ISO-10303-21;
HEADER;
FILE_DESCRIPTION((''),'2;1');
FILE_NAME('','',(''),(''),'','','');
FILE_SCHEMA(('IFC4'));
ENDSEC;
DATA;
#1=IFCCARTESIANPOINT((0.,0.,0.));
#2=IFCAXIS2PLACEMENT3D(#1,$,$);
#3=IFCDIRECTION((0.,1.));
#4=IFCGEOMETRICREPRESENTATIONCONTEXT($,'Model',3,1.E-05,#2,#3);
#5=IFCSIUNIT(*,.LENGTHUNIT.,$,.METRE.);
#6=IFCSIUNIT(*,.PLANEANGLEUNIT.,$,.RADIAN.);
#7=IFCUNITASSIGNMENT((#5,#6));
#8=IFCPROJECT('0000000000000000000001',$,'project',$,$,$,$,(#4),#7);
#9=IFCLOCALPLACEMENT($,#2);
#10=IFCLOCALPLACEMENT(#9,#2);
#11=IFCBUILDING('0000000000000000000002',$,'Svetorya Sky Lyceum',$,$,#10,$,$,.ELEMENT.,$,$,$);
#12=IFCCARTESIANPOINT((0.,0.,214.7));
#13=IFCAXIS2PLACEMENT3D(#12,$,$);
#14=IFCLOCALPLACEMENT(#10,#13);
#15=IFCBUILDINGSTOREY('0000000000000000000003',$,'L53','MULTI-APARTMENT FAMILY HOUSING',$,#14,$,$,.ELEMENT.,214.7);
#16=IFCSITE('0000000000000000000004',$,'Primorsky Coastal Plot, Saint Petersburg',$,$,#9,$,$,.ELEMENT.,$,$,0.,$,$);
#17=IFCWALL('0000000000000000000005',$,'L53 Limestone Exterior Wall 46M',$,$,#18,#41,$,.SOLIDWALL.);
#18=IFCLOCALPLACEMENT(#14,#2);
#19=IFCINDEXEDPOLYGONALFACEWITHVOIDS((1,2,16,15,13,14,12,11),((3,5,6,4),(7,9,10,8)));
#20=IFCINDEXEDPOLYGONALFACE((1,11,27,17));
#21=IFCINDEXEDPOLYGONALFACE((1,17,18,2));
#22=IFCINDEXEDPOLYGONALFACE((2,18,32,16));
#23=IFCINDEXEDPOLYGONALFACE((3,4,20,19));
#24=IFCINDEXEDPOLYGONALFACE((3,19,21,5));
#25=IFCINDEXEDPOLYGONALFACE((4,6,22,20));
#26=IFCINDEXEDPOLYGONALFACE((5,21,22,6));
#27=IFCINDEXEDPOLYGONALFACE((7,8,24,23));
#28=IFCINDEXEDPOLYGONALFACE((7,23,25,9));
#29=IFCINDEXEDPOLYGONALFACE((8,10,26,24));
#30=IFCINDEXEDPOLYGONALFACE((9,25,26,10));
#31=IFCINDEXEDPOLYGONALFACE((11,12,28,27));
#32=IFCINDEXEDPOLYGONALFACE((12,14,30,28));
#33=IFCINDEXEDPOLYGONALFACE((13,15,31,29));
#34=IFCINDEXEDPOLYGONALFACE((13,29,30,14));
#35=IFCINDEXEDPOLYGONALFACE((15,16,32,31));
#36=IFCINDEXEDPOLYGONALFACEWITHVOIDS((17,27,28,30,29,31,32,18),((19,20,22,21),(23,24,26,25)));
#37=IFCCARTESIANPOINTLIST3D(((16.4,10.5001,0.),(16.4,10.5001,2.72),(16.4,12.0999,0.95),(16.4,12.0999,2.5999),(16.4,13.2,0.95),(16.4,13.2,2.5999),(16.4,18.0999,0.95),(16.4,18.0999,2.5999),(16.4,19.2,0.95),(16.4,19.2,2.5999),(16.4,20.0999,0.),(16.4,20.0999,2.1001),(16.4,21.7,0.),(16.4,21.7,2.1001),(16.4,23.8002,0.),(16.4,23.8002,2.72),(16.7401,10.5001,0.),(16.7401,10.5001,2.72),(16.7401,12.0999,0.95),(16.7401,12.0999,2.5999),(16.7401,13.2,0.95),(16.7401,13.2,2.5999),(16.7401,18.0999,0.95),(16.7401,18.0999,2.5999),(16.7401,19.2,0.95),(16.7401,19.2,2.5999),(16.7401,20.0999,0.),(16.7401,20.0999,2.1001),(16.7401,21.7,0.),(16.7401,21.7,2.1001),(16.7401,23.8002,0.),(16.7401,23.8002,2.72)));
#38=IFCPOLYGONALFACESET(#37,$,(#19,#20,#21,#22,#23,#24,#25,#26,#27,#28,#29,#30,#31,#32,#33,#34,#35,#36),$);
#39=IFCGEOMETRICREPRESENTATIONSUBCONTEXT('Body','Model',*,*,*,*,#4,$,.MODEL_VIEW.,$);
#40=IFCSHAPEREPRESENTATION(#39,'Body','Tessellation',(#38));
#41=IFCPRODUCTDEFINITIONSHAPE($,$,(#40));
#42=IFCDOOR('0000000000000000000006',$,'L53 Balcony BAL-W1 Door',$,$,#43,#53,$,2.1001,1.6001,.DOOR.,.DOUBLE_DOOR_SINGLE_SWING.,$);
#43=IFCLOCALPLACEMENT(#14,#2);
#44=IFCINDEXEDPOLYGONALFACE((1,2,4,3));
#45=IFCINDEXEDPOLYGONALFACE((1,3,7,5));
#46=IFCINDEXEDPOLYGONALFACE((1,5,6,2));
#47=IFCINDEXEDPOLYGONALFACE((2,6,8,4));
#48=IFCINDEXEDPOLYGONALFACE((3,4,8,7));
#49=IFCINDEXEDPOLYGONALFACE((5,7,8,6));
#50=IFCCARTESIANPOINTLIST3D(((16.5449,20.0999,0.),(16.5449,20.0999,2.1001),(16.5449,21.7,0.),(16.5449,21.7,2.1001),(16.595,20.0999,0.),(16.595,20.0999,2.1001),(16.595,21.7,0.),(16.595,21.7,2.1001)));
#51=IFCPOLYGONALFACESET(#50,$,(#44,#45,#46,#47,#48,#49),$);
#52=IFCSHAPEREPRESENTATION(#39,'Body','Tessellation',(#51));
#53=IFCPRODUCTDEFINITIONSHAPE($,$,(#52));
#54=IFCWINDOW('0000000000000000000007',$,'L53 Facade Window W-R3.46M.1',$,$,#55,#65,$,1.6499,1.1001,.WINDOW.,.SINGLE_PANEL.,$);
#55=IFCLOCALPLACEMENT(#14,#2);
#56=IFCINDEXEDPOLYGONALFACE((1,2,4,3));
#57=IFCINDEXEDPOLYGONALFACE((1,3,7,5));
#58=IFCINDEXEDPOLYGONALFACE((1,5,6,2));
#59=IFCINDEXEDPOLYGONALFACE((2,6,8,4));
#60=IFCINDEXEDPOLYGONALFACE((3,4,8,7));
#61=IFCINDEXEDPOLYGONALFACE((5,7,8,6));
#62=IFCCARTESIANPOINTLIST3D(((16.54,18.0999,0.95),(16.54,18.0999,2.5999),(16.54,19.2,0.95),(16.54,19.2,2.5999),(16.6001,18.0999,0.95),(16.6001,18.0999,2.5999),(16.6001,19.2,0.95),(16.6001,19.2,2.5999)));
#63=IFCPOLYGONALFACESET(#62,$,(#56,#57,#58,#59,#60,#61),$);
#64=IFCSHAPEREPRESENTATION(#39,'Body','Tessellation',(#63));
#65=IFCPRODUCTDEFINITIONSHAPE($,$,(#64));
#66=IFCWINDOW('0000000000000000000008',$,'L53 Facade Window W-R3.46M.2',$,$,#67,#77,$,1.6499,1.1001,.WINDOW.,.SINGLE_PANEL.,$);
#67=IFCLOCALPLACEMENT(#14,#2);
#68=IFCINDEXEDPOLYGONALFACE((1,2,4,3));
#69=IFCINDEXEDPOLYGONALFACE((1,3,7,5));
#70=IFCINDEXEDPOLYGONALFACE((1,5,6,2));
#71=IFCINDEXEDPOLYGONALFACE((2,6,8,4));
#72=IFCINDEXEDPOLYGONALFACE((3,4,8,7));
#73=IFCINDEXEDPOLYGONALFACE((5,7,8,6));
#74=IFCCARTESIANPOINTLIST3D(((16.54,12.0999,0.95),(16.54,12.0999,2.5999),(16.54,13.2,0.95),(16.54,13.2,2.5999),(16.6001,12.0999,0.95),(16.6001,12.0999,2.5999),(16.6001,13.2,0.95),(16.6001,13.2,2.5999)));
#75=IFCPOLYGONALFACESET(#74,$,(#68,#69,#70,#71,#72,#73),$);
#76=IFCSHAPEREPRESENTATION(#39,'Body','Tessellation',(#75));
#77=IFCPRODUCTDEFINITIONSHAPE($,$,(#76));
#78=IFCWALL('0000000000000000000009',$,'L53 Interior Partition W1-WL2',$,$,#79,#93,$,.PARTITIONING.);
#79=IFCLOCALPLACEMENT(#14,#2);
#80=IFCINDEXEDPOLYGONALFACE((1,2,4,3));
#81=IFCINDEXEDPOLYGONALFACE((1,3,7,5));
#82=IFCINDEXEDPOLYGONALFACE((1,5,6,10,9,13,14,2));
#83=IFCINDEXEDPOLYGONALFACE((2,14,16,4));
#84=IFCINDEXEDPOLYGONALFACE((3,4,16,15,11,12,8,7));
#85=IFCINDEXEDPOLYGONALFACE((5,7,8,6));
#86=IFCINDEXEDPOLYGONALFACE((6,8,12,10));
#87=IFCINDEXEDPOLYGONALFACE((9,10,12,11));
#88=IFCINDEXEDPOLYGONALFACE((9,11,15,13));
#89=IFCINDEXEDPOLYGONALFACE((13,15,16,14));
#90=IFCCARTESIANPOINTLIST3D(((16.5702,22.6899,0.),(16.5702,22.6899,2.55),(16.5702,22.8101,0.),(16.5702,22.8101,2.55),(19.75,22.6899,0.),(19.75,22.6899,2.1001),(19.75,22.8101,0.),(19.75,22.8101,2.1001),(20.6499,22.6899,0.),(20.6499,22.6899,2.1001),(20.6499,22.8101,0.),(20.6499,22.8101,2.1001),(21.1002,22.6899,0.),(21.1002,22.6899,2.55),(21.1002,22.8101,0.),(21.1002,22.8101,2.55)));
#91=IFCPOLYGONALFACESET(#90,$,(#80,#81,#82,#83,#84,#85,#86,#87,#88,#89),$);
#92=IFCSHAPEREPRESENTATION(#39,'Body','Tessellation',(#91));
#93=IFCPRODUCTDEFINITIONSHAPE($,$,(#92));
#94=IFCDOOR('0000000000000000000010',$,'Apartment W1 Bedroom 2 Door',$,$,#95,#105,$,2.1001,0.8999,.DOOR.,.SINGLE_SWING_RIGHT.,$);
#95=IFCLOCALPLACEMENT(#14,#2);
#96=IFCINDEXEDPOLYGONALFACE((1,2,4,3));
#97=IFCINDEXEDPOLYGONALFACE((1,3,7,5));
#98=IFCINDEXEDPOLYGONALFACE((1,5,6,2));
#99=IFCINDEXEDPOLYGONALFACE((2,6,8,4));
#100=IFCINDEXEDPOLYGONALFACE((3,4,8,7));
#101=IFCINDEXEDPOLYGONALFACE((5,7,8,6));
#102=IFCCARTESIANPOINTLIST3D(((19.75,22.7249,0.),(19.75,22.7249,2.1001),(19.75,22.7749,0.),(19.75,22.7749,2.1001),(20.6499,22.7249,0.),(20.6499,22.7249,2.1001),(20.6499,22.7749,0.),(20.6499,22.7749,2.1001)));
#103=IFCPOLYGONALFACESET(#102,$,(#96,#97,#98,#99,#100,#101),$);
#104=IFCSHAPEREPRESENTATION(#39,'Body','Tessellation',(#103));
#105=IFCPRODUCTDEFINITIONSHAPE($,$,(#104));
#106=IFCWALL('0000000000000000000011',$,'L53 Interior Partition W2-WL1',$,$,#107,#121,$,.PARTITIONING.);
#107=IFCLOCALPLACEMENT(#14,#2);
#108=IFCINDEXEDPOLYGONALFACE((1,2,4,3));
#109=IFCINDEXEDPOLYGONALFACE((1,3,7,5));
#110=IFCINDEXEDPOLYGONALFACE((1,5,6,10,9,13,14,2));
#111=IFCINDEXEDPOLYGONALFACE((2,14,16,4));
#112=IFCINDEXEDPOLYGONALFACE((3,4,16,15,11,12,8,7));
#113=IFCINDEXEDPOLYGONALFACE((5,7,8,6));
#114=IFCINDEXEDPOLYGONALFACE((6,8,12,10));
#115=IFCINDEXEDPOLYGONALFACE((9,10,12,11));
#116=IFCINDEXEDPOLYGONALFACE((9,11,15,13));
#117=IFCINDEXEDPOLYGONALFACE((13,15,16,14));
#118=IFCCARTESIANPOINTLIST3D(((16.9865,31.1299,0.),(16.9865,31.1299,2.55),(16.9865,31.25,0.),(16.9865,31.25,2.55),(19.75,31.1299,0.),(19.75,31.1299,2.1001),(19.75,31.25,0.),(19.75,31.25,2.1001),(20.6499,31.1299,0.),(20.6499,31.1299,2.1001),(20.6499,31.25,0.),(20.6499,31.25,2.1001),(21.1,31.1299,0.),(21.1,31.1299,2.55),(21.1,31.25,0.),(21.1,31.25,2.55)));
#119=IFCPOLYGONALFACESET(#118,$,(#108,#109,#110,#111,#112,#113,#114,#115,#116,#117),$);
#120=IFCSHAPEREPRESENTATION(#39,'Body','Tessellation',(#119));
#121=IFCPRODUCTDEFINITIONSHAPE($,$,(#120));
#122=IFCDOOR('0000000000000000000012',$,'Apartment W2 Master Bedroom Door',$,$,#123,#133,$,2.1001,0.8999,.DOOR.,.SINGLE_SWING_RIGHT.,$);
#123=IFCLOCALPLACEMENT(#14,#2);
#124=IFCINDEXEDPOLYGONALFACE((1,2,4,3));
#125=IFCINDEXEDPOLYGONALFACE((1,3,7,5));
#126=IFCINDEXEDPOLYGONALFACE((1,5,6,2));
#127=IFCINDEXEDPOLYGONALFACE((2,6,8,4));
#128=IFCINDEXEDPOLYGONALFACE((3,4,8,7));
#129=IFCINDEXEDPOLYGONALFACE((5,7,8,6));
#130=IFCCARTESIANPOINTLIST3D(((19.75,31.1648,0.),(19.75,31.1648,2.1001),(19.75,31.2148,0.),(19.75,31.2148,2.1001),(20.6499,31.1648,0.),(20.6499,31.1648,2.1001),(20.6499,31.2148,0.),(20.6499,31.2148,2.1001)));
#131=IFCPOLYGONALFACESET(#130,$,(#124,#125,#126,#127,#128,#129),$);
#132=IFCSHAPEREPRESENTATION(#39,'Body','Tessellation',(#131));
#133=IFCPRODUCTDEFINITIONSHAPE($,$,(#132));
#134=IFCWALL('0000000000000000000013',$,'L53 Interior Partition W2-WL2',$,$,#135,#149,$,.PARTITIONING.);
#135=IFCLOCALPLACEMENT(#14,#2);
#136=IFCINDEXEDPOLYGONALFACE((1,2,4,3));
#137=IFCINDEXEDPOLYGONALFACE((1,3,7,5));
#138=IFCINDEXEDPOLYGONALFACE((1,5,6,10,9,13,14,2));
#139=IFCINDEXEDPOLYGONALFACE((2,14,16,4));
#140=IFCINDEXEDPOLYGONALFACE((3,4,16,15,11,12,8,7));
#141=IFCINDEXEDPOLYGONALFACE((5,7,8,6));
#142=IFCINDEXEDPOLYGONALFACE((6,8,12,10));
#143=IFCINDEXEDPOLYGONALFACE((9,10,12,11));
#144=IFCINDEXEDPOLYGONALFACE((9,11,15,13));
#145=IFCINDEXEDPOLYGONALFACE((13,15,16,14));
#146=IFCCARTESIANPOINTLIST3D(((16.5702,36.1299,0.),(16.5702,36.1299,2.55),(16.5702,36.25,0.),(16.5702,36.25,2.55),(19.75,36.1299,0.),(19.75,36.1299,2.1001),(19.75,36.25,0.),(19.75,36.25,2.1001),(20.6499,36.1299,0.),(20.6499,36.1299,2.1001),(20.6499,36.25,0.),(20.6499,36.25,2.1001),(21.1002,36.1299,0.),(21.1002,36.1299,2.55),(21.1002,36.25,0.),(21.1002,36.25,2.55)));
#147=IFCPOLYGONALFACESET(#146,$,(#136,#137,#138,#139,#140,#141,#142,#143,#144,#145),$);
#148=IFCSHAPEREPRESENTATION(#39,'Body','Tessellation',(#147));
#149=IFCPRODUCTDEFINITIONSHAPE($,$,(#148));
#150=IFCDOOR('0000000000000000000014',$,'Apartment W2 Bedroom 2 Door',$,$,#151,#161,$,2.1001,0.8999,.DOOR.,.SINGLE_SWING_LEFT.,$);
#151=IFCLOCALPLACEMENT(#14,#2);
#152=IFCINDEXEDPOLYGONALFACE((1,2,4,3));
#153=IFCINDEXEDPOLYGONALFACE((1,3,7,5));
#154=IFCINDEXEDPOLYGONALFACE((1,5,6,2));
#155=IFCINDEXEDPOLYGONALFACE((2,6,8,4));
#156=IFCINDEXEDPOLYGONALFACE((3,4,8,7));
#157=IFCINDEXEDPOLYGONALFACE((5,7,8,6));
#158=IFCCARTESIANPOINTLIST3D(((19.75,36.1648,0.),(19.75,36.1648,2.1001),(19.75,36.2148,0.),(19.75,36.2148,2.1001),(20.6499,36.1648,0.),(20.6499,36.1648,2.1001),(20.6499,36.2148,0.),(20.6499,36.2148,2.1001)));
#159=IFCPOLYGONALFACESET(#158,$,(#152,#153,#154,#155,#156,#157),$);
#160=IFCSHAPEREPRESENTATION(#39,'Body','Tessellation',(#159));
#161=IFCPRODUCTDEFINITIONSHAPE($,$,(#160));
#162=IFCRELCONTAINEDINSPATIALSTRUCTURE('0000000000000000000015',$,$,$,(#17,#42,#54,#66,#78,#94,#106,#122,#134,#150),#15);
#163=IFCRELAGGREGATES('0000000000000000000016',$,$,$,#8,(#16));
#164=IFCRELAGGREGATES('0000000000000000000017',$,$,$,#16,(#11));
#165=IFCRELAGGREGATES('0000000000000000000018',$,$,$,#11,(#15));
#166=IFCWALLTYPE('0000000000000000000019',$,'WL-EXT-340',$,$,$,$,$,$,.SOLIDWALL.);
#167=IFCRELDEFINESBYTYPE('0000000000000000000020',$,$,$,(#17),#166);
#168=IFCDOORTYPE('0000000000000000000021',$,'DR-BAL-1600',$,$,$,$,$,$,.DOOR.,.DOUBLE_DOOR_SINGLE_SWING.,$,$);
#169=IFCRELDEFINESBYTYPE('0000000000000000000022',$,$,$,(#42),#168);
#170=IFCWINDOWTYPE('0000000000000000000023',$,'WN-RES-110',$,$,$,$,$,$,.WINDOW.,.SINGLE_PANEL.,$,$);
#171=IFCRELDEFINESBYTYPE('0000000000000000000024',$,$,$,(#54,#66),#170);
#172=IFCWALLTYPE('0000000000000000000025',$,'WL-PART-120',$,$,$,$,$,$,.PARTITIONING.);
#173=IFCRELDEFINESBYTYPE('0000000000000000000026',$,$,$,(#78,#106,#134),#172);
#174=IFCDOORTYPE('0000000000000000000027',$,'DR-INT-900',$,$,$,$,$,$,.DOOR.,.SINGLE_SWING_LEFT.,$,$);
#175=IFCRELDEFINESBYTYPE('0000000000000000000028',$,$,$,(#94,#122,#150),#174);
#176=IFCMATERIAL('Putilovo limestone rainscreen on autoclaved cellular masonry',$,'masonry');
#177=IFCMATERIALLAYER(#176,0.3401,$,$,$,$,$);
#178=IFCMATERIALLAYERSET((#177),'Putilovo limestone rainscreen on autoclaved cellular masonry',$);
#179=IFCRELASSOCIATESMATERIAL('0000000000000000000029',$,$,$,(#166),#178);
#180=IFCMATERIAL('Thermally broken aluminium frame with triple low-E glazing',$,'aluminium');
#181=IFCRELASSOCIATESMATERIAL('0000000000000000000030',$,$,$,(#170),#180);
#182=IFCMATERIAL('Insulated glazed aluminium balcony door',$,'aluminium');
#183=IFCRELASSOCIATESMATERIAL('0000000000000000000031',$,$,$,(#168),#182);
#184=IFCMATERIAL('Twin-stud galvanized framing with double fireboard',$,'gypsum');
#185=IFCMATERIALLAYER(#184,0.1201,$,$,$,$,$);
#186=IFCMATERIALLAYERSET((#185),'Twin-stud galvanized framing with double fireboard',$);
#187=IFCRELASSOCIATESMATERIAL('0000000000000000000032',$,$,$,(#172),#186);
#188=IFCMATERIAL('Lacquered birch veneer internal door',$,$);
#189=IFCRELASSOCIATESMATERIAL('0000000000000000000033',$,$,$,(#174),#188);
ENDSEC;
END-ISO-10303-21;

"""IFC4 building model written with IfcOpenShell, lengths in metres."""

from ifc_helpers import new_model, si_unit, direction, frame, frame_2d, origin, place, context, subcontext, project, spatial, rectangle, extrude, material, layer, layer_set, type_object, element, fill, save


model = new_model("IFC4")

# Units and contexts
model_context = context("Model", 3, precision=1e-05, world=origin(), true_north=direction((0.0, 1.0)))
body_context = subcontext(model_context, "Body", "Model", "MODEL_VIEW")
ifc_project = project(units=[si_unit("LENGTHUNIT", "METRE"), si_unit("PLANEANGLEUNIT", "RADIAN")], contexts=[model_context])

# Site, building, storey
site_placement = place(None, origin())
site = spatial("IfcSite", under=ifc_project, at=site_placement, Name="Primorsky Coastal Plot, Saint Petersburg", CompositionType="ELEMENT", RefElevation=0.0)
building_placement = place(site_placement, origin())
building = spatial("IfcBuilding", under=site, at=building_placement, Name="Svetorya Sky Lyceum", CompositionType="ELEMENT")
storey_placement = place(building_placement, frame((0.0, 0.0, 214.7)))
storey = spatial("IfcBuildingStorey", under=building, at=storey_placement, Name="L53", Description="MULTI-APARTMENT FAMILY HOUSING", CompositionType="ELEMENT", Elevation=214.7)

# Shared definitions
ifc_material_1 = material(Name="Putilovo limestone rainscreen on autoclaved cellular masonry", Category="masonry")
ifc_layer_1 = layer(ifc_material_1, 0.3401)
ifc_layer_set_1 = layer_set([ifc_layer_1], Name="Putilovo limestone rainscreen on autoclaved cellular masonry")
wall_type_1 = type_object("IfcWallType", Name="WL-EXT-340", PredefinedType="SOLIDWALL", material=ifc_layer_set_1)

# Shared definitions
ifc_material_2 = material(Name="Thermally broken aluminium frame with triple low-E glazing", Category="aluminium")
window_type = type_object("IfcWindowType", Name="WN-RES-110", PartitioningType="SINGLE_PANEL", PredefinedType="WINDOW", material=ifc_material_2)

# Wall, openings, door, windows
wall_1_placement = place(storey_placement, frame((16.5701, 23.8, 0.0), z_axis=(0.0, 0.0, 1.0), x_axis=(0.0, -1.0, 0.0)))
wall_1 = element("IfcWall", 1, at=wall_1_placement, inside=storey, type_object=wall_type_1, Name="L53 Limestone Exterior Wall 46M", PredefinedType="SOLIDWALL", context=body_context, shape_type="SweptSolid", body=[
    extrude(rectangle(XDim=13.3, YDim=0.3401, at=frame_2d((6.6499, 0.0))), origin(), (0.0, 0.0, 1.0), 2.72),
])
opening_1_placement = place(wall_1_placement, frame((2.1001, 0.0, 0.0)))
opening_1 = element("IfcOpeningElement", 2, at=opening_1_placement, cuts=wall_1, PredefinedType="OPENING", context=body_context, shape_type="SweptSolid", body=[
    extrude(rectangle(XDim=1.6001, YDim=2.1001, at=frame_2d((0.8, 1.05))), frame((0.0, 0.1799, 0.0), z_axis=(0.0, -1.0, 0.0), x_axis=(1.0, 0.0, 0.0)), (0.0, 0.0, 1.0), 0.3601),
])
opening_2_placement = place(wall_1_placement, frame((4.6001, 0.0, 0.95)))
opening_2 = element("IfcOpeningElement", 3, at=opening_2_placement, cuts=wall_1, PredefinedType="OPENING", context=body_context, shape_type="SweptSolid", body=[
    extrude(rectangle(XDim=1.1001, YDim=1.6499, at=frame_2d((0.55, 0.825))), frame((0.0, 0.1799, 0.0), z_axis=(0.0, -1.0, 0.0), x_axis=(1.0, 0.0, 0.0)), (0.0, 0.0, 1.0), 0.3601),
])
opening_3_placement = place(wall_1_placement, frame((10.6001, 0.0, 0.95)))
opening_3 = element("IfcOpeningElement", 4, at=opening_3_placement, cuts=wall_1, PredefinedType="OPENING", context=body_context, shape_type="SweptSolid", body=[
    extrude(rectangle(XDim=1.1001, YDim=1.6499, at=frame_2d((0.55, 0.825))), frame((0.0, 0.1799, 0.0), z_axis=(0.0, -1.0, 0.0), x_axis=(1.0, 0.0, 0.0)), (0.0, 0.0, 1.0), 0.3601),
])
ifc_material_3 = material(Name="Insulated glazed aluminium balcony door", Category="aluminium")
door_type_1 = type_object("IfcDoorType", Name="DR-BAL-1600", OperationType="DOUBLE_DOOR_SINGLE_SWING", PredefinedType="DOOR", material=ifc_material_3)
door_1_placement = place(opening_1_placement, origin())
door_1 = element("IfcDoor", 5, at=door_1_placement, inside=storey, type_object=door_type_1, Name="L53 Balcony BAL-W1 Door", OperationType="DOUBLE_DOOR_SINGLE_SWING", OverallHeight=2.1001, OverallWidth=1.6001, PredefinedType="DOOR", context=body_context, shape_type="SweptSolid", body=[
    extrude(rectangle(XDim=1.6001, YDim=2.1001, at=frame_2d((0.8, 1.05))), frame((0.0, 0.0249, 0.0), z_axis=(0.0, -1.0, 0.0), x_axis=(1.0, 0.0, 0.0)), (0.0, 0.0, 1.0), 0.05),
])
fill(opening_1, door_1)
window_1_placement = place(opening_2_placement, origin())
window_1 = element("IfcWindow", 6, at=window_1_placement, inside=storey, type_object=window_type, Name="L53 Facade Window W-R3.46M.1", OverallHeight=1.6499, OverallWidth=1.1001, PartitioningType="SINGLE_PANEL", PredefinedType="WINDOW", context=body_context, shape_type="SweptSolid", body=[
    extrude(rectangle(XDim=1.1001, YDim=1.6499, at=frame_2d((0.55, 0.825))), frame((0.0, 0.03, 0.0), z_axis=(0.0, -1.0, 0.0), x_axis=(1.0, 0.0, 0.0)), (0.0, 0.0, 1.0), 0.0601),
])
fill(opening_2, window_1)
window_2_placement = place(opening_3_placement, origin())
window_2 = element("IfcWindow", 7, at=window_2_placement, inside=storey, type_object=window_type, Name="L53 Facade Window W-R3.46M.2", OverallHeight=1.6499, OverallWidth=1.1001, PartitioningType="SINGLE_PANEL", PredefinedType="WINDOW", context=body_context, shape_type="SweptSolid", body=[
    extrude(rectangle(XDim=1.1001, YDim=1.6499, at=frame_2d((0.55, 0.825))), frame((0.0, 0.03, 0.0), z_axis=(0.0, -1.0, 0.0), x_axis=(1.0, 0.0, 0.0)), (0.0, 0.0, 1.0), 0.0601),
])
fill(opening_3, window_2)

# Walls, openings, doors
ifc_material_4 = material(Name="Twin-stud galvanized framing with double fireboard", Category="gypsum")
ifc_layer_2 = layer(ifc_material_4, 0.1201)
ifc_layer_set_2 = layer_set([ifc_layer_2], Name="Twin-stud galvanized framing with double fireboard")
wall_type_2 = type_object("IfcWallType", Name="WL-PART-120", PredefinedType="PARTITIONING", material=ifc_layer_set_2)
wall_2_placement = place(storey_placement, frame((16.5701, 22.75, 0.0), z_axis=(0.0, 0.0, 1.0), x_axis=(1.0, 0.0, 0.0)))
wall_2 = element("IfcWall", 8, at=wall_2_placement, inside=storey, type_object=wall_type_2, Name="L53 Interior Partition W1-WL2", PredefinedType="PARTITIONING", context=body_context, shape_type="SweptSolid", body=[
    extrude(rectangle(XDim=4.53, YDim=0.1201, at=frame_2d((2.2651, 0.0))), origin(), (0.0, 0.0, 1.0), 2.55),
])
opening_4_placement = place(wall_2_placement, frame((3.1799, 0.0, 0.0)))
opening_4 = element("IfcOpeningElement", 9, at=opening_4_placement, cuts=wall_2, PredefinedType="OPENING", context=body_context, shape_type="SweptSolid", body=[
    extrude(rectangle(XDim=0.8999, YDim=2.1001, at=frame_2d((0.45, 1.05))), frame((0.0, 0.0701, 0.0), z_axis=(0.0, -1.0, 0.0), x_axis=(1.0, 0.0, 0.0)), (0.0, 0.0, 1.0), 0.1401),
])
ifc_material_5 = material(Name="Lacquered birch veneer internal door")
door_type_2 = type_object("IfcDoorType", Name="DR-INT-900", OperationType="SINGLE_SWING_LEFT", PredefinedType="DOOR", material=ifc_material_5)
door_2_placement = place(opening_4_placement, origin())
door_2 = element("IfcDoor", 10, at=door_2_placement, inside=storey, type_object=door_type_2, Name="Apartment W1 Bedroom 2 Door", OperationType="SINGLE_SWING_RIGHT", OverallHeight=2.1001, OverallWidth=0.8999, PredefinedType="DOOR", context=body_context, shape_type="SweptSolid", body=[
    extrude(rectangle(XDim=0.8999, YDim=2.1001, at=frame_2d((0.45, 1.05))), frame((0.0, 0.0249, 0.0), z_axis=(0.0, -1.0, 0.0), x_axis=(1.0, 0.0, 0.0)), (0.0, 0.0, 1.0), 0.05),
])
fill(opening_4, door_2)
wall_3_placement = place(storey_placement, frame((16.9866, 31.1899, 0.0), z_axis=(0.0, 0.0, 1.0), x_axis=(1.0, 0.0, 0.0)))
wall_3 = element("IfcWall", 11, at=wall_3_placement, inside=storey, type_object=wall_type_2, Name="L53 Interior Partition W2-WL1", PredefinedType="PARTITIONING", context=body_context, shape_type="SweptSolid", body=[
    extrude(rectangle(XDim=4.1135, YDim=0.1201, at=frame_2d((2.0566, 0.0))), origin(), (0.0, 0.0, 1.0), 2.55),
])
opening_5_placement = place(wall_3_placement, frame((2.7634, 0.0, 0.0)))
opening_5 = element("IfcOpeningElement", 12, at=opening_5_placement, cuts=wall_3, PredefinedType="OPENING", context=body_context, shape_type="SweptSolid", body=[
    extrude(rectangle(XDim=0.8999, YDim=2.1001, at=frame_2d((0.45, 1.05))), frame((0.0, 0.0701, 0.0), z_axis=(0.0, -1.0, 0.0), x_axis=(1.0, 0.0, 0.0)), (0.0, 0.0, 1.0), 0.1401),
])
door_3_placement = place(opening_5_placement, origin())
door_3 = element("IfcDoor", 13, at=door_3_placement, inside=storey, type_object=door_type_2, Name="Apartment W2 Master Bedroom Door", OperationType="SINGLE_SWING_RIGHT", OverallHeight=2.1001, OverallWidth=0.8999, PredefinedType="DOOR", context=body_context, shape_type="SweptSolid", body=[
    extrude(rectangle(XDim=0.8999, YDim=2.1001, at=frame_2d((0.45, 1.05))), frame((0.0, 0.0249, 0.0), z_axis=(0.0, -1.0, 0.0), x_axis=(1.0, 0.0, 0.0)), (0.0, 0.0, 1.0), 0.05),
])
fill(opening_5, door_3)
wall_4_placement = place(storey_placement, frame((16.5701, 36.1899, 0.0), z_axis=(0.0, 0.0, 1.0), x_axis=(1.0, 0.0, 0.0)))
wall_4 = element("IfcWall", 14, at=wall_4_placement, inside=storey, type_object=wall_type_2, Name="L53 Interior Partition W2-WL2", PredefinedType="PARTITIONING", context=body_context, shape_type="SweptSolid", body=[
    extrude(rectangle(XDim=4.53, YDim=0.1201, at=frame_2d((2.2651, 0.0))), origin(), (0.0, 0.0, 1.0), 2.55),
])
opening_6_placement = place(wall_4_placement, frame((3.1799, 0.0, 0.0)))
opening_6 = element("IfcOpeningElement", 15, at=opening_6_placement, cuts=wall_4, PredefinedType="OPENING", context=body_context, shape_type="SweptSolid", body=[
    extrude(rectangle(XDim=0.8999, YDim=2.1001, at=frame_2d((0.45, 1.05))), frame((0.0, 0.0701, 0.0), z_axis=(0.0, -1.0, 0.0), x_axis=(1.0, 0.0, 0.0)), (0.0, 0.0, 1.0), 0.1401),
])
door_4_placement = place(opening_6_placement, origin())
door_4 = element("IfcDoor", 16, at=door_4_placement, inside=storey, type_object=door_type_2, Name="Apartment W2 Bedroom 2 Door", OperationType="SINGLE_SWING_LEFT", OverallHeight=2.1001, OverallWidth=0.8999, PredefinedType="DOOR", context=body_context, shape_type="SweptSolid", body=[
    extrude(rectangle(XDim=0.8999, YDim=2.1001, at=frame_2d((0.45, 1.05))), frame((0.0, 0.0249, 0.0), z_axis=(0.0, -1.0, 0.0), x_axis=(1.0, 0.0, 0.0)), (0.0, 0.0, 1.0), 0.05),
])
fill(opening_6, door_4)

save(model, "model.ifc")
